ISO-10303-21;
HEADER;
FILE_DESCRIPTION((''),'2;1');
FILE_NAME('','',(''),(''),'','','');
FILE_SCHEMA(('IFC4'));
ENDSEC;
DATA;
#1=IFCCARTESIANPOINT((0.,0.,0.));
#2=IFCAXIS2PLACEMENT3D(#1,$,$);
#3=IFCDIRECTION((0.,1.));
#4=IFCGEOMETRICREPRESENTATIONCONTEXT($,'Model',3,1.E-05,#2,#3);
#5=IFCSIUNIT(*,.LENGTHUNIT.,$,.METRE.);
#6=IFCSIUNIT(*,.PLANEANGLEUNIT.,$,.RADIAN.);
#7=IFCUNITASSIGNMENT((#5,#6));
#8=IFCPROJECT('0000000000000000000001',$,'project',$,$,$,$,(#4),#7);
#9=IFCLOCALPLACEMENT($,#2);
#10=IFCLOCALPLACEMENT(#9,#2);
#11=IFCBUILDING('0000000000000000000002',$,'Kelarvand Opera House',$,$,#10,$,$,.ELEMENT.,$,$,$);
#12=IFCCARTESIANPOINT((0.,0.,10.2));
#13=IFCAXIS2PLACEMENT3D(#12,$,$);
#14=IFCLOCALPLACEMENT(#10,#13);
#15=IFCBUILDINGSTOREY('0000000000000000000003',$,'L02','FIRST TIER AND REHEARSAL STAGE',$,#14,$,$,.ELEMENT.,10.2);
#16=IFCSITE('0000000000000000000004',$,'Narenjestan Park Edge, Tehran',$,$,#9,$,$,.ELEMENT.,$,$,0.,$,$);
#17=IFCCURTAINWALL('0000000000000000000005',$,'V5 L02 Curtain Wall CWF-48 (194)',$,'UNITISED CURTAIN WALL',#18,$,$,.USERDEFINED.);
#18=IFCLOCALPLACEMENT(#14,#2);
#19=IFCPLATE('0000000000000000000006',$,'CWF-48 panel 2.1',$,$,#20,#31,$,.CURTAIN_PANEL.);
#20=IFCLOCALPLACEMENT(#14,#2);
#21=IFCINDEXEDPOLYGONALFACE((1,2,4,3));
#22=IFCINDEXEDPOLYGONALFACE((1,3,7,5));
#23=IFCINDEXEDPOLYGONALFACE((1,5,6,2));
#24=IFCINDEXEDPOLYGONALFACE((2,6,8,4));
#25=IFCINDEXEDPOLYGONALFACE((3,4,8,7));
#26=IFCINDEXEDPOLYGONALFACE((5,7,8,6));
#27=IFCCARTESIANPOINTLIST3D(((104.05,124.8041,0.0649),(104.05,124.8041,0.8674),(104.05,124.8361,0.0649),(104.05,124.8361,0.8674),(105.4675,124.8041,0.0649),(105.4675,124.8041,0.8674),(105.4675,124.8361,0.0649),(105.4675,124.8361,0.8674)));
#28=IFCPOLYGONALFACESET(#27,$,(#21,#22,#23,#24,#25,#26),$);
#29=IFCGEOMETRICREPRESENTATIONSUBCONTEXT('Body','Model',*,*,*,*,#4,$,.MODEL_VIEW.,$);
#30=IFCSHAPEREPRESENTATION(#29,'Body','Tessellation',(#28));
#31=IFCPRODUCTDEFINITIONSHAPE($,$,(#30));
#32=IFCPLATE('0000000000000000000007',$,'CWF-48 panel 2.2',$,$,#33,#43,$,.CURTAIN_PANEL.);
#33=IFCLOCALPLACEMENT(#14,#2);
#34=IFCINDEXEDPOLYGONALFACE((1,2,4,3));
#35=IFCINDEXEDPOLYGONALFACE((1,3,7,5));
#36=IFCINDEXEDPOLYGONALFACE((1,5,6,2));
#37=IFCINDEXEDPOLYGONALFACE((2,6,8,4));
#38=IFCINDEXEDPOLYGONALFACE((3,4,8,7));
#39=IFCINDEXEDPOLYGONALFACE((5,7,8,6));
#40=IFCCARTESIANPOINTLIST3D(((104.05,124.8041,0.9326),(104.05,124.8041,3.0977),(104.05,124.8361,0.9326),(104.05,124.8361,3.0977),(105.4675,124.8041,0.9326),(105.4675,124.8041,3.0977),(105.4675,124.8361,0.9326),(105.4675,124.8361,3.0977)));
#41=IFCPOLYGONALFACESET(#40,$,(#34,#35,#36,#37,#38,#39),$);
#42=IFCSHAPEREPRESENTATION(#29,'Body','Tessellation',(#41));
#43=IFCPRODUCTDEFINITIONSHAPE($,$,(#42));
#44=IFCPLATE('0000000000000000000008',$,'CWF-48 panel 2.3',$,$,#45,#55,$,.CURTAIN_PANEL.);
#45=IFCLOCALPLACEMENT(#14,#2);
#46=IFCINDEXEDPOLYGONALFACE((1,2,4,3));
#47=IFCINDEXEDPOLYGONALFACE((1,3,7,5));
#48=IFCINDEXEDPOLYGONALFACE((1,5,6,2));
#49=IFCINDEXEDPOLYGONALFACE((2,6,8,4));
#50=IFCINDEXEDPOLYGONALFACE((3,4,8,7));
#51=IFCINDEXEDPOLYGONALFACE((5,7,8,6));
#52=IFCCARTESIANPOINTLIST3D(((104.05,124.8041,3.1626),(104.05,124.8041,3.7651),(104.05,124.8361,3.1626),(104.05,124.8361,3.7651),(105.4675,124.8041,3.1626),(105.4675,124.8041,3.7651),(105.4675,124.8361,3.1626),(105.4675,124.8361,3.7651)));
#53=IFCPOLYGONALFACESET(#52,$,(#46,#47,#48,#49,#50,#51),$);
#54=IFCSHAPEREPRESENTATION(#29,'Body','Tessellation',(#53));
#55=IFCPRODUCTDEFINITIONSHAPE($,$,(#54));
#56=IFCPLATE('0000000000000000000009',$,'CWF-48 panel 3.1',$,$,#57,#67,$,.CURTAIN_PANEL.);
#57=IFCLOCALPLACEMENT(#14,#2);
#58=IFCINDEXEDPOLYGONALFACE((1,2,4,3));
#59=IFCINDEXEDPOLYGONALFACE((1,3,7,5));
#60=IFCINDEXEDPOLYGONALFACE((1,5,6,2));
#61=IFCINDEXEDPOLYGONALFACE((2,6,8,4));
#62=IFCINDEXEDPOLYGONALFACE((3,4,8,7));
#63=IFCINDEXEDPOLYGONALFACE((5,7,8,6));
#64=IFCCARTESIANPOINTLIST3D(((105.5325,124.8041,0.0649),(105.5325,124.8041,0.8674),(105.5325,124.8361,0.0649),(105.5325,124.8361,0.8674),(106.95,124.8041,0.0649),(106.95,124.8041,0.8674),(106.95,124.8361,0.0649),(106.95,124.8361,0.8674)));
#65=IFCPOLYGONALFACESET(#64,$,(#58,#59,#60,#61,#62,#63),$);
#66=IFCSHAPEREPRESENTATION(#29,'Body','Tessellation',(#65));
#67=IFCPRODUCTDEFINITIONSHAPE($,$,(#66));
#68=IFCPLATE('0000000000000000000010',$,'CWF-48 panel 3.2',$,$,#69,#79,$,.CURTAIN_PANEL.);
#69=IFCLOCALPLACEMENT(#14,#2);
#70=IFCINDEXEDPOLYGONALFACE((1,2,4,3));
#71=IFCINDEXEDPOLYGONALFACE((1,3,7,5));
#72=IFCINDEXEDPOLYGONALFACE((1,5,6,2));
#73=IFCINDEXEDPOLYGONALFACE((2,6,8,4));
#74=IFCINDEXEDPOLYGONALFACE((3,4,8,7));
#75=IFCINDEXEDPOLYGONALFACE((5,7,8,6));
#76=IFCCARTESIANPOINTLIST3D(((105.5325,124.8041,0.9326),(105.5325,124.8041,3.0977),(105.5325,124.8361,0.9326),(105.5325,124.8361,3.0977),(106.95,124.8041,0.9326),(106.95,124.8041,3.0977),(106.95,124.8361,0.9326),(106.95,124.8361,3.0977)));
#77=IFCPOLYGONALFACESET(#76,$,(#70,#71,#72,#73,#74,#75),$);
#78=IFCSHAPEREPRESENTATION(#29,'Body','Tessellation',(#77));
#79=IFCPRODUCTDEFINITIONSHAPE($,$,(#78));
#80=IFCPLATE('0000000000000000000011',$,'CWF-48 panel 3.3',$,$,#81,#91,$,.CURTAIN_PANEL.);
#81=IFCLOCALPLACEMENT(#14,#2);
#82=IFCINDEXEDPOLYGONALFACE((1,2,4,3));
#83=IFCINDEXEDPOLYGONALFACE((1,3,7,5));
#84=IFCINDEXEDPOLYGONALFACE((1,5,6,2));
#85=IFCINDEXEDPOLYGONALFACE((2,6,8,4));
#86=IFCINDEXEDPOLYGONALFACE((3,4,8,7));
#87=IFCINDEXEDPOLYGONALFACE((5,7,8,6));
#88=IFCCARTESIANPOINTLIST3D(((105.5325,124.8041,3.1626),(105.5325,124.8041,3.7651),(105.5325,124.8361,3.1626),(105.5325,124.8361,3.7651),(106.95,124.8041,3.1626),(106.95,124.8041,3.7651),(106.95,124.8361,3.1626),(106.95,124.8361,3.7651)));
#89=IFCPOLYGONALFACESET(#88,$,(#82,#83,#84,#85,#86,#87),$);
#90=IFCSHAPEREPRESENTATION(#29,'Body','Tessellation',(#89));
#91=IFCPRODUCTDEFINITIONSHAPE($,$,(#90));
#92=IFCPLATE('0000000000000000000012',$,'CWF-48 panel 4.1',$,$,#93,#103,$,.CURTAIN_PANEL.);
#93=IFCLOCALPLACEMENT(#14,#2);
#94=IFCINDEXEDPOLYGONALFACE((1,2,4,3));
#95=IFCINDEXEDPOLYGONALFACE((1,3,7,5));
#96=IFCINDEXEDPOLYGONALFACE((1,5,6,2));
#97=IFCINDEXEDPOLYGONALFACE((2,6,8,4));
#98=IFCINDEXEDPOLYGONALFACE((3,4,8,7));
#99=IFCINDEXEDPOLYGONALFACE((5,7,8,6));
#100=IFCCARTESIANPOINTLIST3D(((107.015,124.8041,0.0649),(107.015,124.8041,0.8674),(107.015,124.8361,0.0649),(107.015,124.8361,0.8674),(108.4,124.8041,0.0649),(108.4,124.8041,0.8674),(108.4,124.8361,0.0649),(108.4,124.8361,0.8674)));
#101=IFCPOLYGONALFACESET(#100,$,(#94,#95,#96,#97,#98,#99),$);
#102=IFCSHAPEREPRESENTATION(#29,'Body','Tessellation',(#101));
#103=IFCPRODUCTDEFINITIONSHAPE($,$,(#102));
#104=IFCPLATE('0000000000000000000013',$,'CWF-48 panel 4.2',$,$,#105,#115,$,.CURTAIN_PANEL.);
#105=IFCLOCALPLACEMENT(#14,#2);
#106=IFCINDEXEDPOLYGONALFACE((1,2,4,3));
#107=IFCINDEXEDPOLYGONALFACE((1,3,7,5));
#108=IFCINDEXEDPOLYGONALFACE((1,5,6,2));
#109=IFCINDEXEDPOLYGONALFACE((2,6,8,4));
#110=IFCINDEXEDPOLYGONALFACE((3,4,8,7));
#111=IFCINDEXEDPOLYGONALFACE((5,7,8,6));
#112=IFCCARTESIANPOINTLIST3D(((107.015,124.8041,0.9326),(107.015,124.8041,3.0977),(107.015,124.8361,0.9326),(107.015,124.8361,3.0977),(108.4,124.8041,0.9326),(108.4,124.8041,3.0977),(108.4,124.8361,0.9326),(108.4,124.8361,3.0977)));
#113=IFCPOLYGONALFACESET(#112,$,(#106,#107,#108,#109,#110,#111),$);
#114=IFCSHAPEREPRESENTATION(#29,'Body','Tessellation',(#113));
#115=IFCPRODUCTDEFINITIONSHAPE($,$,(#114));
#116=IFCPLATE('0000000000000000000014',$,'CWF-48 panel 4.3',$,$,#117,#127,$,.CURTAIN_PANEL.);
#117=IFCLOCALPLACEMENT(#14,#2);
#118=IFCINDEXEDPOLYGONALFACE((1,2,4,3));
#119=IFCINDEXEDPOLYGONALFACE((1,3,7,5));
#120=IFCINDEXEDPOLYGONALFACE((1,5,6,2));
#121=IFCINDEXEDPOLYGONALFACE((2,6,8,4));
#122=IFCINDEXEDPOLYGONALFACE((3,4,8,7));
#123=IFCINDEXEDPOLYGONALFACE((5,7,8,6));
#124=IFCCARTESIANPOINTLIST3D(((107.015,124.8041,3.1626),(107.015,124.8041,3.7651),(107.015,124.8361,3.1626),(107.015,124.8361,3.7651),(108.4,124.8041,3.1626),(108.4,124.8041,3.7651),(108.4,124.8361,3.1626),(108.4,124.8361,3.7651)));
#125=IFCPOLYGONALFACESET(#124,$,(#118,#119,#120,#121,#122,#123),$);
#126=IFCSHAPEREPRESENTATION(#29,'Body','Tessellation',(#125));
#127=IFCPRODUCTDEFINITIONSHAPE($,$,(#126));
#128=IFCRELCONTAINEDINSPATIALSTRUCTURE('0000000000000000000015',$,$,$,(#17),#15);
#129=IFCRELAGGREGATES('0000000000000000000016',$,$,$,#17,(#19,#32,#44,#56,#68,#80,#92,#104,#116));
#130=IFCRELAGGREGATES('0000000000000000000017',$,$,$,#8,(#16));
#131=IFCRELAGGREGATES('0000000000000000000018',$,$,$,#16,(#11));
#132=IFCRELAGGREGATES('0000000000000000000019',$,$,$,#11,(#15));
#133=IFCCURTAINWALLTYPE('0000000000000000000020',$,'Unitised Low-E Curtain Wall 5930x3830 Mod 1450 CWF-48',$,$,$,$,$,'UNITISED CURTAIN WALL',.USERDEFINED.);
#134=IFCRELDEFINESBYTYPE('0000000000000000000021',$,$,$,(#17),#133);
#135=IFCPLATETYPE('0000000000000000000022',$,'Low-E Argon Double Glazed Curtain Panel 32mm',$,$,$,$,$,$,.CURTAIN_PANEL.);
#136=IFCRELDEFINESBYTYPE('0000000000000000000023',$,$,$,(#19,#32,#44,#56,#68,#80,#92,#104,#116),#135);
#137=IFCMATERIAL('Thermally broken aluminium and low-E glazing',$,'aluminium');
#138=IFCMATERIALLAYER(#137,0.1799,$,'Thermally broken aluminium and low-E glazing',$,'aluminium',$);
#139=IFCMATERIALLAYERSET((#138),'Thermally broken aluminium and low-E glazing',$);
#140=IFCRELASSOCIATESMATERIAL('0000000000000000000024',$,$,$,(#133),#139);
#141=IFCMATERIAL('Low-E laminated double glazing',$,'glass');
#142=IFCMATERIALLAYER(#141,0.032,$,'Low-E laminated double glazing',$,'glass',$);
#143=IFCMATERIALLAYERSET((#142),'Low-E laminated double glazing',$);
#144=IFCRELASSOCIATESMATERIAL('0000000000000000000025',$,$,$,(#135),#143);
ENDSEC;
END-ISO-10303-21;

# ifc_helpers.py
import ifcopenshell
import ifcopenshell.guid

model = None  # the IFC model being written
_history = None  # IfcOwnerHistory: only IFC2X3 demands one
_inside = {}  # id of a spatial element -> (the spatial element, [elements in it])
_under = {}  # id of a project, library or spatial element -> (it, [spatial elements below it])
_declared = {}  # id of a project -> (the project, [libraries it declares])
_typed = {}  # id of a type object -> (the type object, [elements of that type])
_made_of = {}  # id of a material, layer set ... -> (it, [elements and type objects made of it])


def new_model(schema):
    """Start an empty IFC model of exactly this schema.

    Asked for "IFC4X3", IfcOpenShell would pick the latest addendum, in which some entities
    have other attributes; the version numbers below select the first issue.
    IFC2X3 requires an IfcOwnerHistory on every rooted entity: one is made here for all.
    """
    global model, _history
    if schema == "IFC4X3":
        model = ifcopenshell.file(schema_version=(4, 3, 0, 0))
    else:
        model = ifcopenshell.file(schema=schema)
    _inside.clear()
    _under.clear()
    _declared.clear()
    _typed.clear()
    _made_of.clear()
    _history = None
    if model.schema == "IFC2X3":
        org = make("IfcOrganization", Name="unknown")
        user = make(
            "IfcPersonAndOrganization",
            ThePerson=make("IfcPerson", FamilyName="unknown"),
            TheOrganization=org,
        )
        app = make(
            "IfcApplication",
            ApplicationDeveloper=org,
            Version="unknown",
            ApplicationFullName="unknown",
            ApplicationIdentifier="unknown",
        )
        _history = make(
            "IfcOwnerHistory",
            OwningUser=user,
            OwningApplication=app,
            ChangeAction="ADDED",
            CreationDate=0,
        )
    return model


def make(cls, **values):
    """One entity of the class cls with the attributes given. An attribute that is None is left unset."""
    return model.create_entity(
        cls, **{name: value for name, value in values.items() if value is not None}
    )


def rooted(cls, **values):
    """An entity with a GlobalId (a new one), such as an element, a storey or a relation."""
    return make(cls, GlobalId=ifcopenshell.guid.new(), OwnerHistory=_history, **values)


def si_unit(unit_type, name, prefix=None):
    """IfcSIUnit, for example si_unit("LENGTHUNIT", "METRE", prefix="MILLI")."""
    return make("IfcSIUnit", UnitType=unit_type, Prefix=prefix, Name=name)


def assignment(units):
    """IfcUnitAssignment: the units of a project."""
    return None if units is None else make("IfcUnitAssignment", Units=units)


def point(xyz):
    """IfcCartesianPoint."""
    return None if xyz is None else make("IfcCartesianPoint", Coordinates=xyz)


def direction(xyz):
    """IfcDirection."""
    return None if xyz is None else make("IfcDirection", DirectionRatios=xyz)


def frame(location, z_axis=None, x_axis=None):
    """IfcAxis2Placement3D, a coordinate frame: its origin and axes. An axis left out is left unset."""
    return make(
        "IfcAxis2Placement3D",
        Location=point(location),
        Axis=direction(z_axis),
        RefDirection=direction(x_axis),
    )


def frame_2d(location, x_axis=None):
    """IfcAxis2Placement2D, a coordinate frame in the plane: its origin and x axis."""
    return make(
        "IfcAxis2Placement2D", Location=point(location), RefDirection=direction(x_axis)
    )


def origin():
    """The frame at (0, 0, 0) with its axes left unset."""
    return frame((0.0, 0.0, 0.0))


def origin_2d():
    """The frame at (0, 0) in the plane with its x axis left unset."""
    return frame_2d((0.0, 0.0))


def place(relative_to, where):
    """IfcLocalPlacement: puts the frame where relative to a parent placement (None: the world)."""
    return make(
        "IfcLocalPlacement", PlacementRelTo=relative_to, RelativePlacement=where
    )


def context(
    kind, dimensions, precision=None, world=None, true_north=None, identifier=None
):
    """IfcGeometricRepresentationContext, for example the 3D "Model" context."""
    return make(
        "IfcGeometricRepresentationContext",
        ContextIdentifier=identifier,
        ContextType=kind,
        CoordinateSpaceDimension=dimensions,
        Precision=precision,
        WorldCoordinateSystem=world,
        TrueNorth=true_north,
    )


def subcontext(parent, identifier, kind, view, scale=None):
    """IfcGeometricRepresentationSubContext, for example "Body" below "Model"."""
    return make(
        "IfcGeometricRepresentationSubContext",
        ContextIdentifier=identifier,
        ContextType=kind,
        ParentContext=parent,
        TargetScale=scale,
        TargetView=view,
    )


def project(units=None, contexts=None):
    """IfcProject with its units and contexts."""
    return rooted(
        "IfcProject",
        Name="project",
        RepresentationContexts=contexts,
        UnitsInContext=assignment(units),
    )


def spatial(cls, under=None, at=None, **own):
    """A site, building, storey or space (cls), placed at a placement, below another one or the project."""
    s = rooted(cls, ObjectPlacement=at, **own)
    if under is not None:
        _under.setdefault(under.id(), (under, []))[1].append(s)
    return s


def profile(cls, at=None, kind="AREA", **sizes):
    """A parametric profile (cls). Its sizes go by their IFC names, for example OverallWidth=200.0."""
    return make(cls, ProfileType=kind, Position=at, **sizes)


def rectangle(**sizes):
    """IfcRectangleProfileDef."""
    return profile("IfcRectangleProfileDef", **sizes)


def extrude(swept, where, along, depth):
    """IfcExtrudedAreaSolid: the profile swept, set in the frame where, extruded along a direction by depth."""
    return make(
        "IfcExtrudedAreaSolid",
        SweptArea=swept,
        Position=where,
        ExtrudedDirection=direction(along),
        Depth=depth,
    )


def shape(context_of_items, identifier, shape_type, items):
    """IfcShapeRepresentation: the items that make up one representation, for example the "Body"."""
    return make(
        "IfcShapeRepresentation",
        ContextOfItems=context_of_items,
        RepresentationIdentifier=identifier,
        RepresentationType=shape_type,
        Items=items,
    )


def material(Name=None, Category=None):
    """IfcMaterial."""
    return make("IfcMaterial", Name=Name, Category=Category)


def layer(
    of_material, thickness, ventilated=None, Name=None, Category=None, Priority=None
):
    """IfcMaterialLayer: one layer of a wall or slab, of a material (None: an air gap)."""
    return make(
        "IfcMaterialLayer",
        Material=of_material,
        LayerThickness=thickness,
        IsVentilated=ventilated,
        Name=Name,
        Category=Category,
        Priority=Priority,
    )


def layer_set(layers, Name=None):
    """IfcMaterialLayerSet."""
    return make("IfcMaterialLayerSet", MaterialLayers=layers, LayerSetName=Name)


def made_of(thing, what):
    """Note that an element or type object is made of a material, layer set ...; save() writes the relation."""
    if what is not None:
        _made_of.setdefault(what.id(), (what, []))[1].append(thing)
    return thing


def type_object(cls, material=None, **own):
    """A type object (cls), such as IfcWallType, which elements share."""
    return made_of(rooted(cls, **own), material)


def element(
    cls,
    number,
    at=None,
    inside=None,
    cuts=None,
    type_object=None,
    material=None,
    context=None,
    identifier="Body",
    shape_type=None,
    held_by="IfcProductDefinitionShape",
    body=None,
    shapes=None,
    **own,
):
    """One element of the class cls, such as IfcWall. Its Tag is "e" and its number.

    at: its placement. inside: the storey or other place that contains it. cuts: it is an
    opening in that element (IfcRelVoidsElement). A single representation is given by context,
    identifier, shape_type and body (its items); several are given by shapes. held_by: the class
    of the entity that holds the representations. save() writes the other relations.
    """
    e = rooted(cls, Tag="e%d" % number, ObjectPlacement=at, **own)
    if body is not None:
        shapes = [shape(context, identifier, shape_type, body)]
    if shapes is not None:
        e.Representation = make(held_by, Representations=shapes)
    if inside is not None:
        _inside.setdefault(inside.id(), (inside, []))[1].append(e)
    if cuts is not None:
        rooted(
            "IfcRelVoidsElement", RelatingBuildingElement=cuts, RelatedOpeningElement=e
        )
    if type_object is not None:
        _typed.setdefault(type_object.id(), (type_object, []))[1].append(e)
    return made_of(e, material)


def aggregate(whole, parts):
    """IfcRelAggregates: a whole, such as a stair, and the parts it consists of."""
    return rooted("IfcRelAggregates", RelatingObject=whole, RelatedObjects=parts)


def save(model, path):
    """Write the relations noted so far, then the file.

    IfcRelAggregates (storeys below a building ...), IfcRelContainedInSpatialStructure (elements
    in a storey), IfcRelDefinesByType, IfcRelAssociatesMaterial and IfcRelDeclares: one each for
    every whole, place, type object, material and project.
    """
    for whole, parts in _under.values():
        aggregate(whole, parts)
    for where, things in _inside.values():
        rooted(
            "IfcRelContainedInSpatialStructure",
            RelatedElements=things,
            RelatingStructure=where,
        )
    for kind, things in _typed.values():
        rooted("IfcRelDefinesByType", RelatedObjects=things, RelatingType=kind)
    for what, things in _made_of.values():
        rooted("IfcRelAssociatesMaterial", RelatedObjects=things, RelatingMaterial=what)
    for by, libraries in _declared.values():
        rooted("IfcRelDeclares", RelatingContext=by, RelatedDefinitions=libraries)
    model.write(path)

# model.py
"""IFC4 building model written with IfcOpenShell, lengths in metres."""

from ifc_helpers import new_model, si_unit, direction, frame, origin, origin_2d, place, context, subcontext, project, spatial, rectangle, extrude, material, layer, layer_set, type_object, element, aggregate, save


model = new_model("IFC4")

# Units and contexts
model_context = context("Model", 3, precision=1e-05, world=origin(), true_north=direction((0.0, 1.0)))
body_context = subcontext(model_context, "Body", "Model", "MODEL_VIEW")
ifc_project = project(units=[si_unit("LENGTHUNIT", "METRE"), si_unit("PLANEANGLEUNIT", "RADIAN")], contexts=[model_context])

# Site, building, storey
site_placement = place(None, origin())
site = spatial("IfcSite", under=ifc_project, at=site_placement, Name="Narenjestan Park Edge, Tehran", CompositionType="ELEMENT", RefElevation=0.0)
building_placement = place(site_placement, origin())
building = spatial("IfcBuilding", under=site, at=building_placement, Name="Kelarvand Opera House", CompositionType="ELEMENT")
storey_placement = place(building_placement, frame((0.0, 0.0, 10.2)))
storey = spatial("IfcBuildingStorey", under=building, at=storey_placement, Name="L02", Description="FIRST TIER AND REHEARSAL STAGE", CompositionType="ELEMENT", Elevation=10.2)

# Curtain wall, plates
ifc_material_1 = material(Name="Thermally broken aluminium and low-E glazing", Category="aluminium")
ifc_layer_1 = layer(ifc_material_1, 0.1799, Name="Thermally broken aluminium and low-E glazing", Category="aluminium")
ifc_layer_set_1 = layer_set([ifc_layer_1], Name="Thermally broken aluminium and low-E glazing")
curtain_wall_type = type_object("IfcCurtainWallType", Name="Unitised Low-E Curtain Wall 5930x3830 Mod 1450 CWF-48", ElementType="UNITISED CURTAIN WALL", PredefinedType="USERDEFINED", material=ifc_layer_set_1)
curtain_wall_placement = place(storey_placement, origin())
curtain_wall = element("IfcCurtainWall", 1, at=curtain_wall_placement, inside=storey, type_object=curtain_wall_type, Name="V5 L02 Curtain Wall CWF-48 (194)", ObjectType="UNITISED CURTAIN WALL", PredefinedType="USERDEFINED")
ifc_material_2 = material(Name="Low-E laminated double glazing", Category="glass")
ifc_layer_2 = layer(ifc_material_2, 0.032, Name="Low-E laminated double glazing", Category="glass")
ifc_layer_set_2 = layer_set([ifc_layer_2], Name="Low-E laminated double glazing")
plate_type = type_object("IfcPlateType", Name="Low-E Argon Double Glazed Curtain Panel 32mm", PredefinedType="CURTAIN_PANEL", material=ifc_layer_set_2)
plate_1_placement = place(storey_placement, frame((104.7588, 124.8201, 0.0649), z_axis=(0.0, 0.0, 1.0), x_axis=(1.0, 0.0, 0.0)))
plate_1 = element("IfcPlate", 2, at=plate_1_placement, type_object=plate_type, Name="CWF-48 panel 2.1", PredefinedType="CURTAIN_PANEL", context=body_context, shape_type="SweptSolid", body=[
    extrude(rectangle(XDim=1.4175, YDim=0.032, at=origin_2d()), origin(), (0.0, 0.0, 1.0), 0.8025),
])
plate_2_placement = place(storey_placement, frame((104.7588, 124.8201, 0.9326), z_axis=(0.0, 0.0, 1.0), x_axis=(1.0, 0.0, 0.0)))
plate_2 = element("IfcPlate", 3, at=plate_2_placement, type_object=plate_type, Name="CWF-48 panel 2.2", PredefinedType="CURTAIN_PANEL", context=body_context, shape_type="SweptSolid", body=[
    extrude(rectangle(XDim=1.4175, YDim=0.032, at=origin_2d()), origin(), (0.0, 0.0, 1.0), 2.165),
])
plate_3_placement = place(storey_placement, frame((104.7588, 124.8201, 3.1626), z_axis=(0.0, 0.0, 1.0), x_axis=(1.0, 0.0, 0.0)))
plate_3 = element("IfcPlate", 4, at=plate_3_placement, type_object=plate_type, Name="CWF-48 panel 2.3", PredefinedType="CURTAIN_PANEL", context=body_context, shape_type="SweptSolid", body=[
    extrude(rectangle(XDim=1.4175, YDim=0.032, at=origin_2d()), origin(), (0.0, 0.0, 1.0), 0.6025),
])
plate_4_placement = place(storey_placement, frame((106.2412, 124.8201, 0.0649), z_axis=(0.0, 0.0, 1.0), x_axis=(1.0, 0.0, 0.0)))
plate_4 = element("IfcPlate", 5, at=plate_4_placement, type_object=plate_type, Name="CWF-48 panel 3.1", PredefinedType="CURTAIN_PANEL", context=body_context, shape_type="SweptSolid", body=[
    extrude(rectangle(XDim=1.4175, YDim=0.032, at=origin_2d()), origin(), (0.0, 0.0, 1.0), 0.8025),
])
plate_5_placement = place(storey_placement, frame((106.2412, 124.8201, 0.9326), z_axis=(0.0, 0.0, 1.0), x_axis=(1.0, 0.0, 0.0)))
plate_5 = element("IfcPlate", 6, at=plate_5_placement, type_object=plate_type, Name="CWF-48 panel 3.2", PredefinedType="CURTAIN_PANEL", context=body_context, shape_type="SweptSolid", body=[
    extrude(rectangle(XDim=1.4175, YDim=0.032, at=origin_2d()), origin(), (0.0, 0.0, 1.0), 2.165),
])
plate_6_placement = place(storey_placement, frame((106.2412, 124.8201, 3.1626), z_axis=(0.0, 0.0, 1.0), x_axis=(1.0, 0.0, 0.0)))
plate_6 = element("IfcPlate", 7, at=plate_6_placement, type_object=plate_type, Name="CWF-48 panel 3.3", PredefinedType="CURTAIN_PANEL", context=body_context, shape_type="SweptSolid", body=[
    extrude(rectangle(XDim=1.4175, YDim=0.032, at=origin_2d()), origin(), (0.0, 0.0, 1.0), 0.6025),
])
plate_7_placement = place(storey_placement, frame((107.7075, 124.8201, 0.0649), z_axis=(0.0, 0.0, 1.0), x_axis=(1.0, 0.0, 0.0)))
plate_7 = element("IfcPlate", 8, at=plate_7_placement, type_object=plate_type, Name="CWF-48 panel 4.1", PredefinedType="CURTAIN_PANEL", context=body_context, shape_type="SweptSolid", body=[
    extrude(rectangle(XDim=1.385, YDim=0.032, at=origin_2d()), origin(), (0.0, 0.0, 1.0), 0.8025),
])
plate_8_placement = place(storey_placement, frame((107.7075, 124.8201, 0.9326), z_axis=(0.0, 0.0, 1.0), x_axis=(1.0, 0.0, 0.0)))
plate_8 = element("IfcPlate", 9, at=plate_8_placement, type_object=plate_type, Name="CWF-48 panel 4.2", PredefinedType="CURTAIN_PANEL", context=body_context, shape_type="SweptSolid", body=[
    extrude(rectangle(XDim=1.385, YDim=0.032, at=origin_2d()), origin(), (0.0, 0.0, 1.0), 2.165),
])
plate_9_placement = place(storey_placement, frame((107.7075, 124.8201, 3.1626), z_axis=(0.0, 0.0, 1.0), x_axis=(1.0, 0.0, 0.0)))
plate_9 = element("IfcPlate", 10, at=plate_9_placement, type_object=plate_type, Name="CWF-48 panel 4.3", PredefinedType="CURTAIN_PANEL", context=body_context, shape_type="SweptSolid", body=[
    extrude(rectangle(XDim=1.385, YDim=0.032, at=origin_2d()), origin(), (0.0, 0.0, 1.0), 0.6025),
])
aggregate(curtain_wall, [plate_1, plate_2, plate_3, plate_4, plate_5, plate_6, plate_7, plate_8, plate_9])

save(model, "model.ifc")
